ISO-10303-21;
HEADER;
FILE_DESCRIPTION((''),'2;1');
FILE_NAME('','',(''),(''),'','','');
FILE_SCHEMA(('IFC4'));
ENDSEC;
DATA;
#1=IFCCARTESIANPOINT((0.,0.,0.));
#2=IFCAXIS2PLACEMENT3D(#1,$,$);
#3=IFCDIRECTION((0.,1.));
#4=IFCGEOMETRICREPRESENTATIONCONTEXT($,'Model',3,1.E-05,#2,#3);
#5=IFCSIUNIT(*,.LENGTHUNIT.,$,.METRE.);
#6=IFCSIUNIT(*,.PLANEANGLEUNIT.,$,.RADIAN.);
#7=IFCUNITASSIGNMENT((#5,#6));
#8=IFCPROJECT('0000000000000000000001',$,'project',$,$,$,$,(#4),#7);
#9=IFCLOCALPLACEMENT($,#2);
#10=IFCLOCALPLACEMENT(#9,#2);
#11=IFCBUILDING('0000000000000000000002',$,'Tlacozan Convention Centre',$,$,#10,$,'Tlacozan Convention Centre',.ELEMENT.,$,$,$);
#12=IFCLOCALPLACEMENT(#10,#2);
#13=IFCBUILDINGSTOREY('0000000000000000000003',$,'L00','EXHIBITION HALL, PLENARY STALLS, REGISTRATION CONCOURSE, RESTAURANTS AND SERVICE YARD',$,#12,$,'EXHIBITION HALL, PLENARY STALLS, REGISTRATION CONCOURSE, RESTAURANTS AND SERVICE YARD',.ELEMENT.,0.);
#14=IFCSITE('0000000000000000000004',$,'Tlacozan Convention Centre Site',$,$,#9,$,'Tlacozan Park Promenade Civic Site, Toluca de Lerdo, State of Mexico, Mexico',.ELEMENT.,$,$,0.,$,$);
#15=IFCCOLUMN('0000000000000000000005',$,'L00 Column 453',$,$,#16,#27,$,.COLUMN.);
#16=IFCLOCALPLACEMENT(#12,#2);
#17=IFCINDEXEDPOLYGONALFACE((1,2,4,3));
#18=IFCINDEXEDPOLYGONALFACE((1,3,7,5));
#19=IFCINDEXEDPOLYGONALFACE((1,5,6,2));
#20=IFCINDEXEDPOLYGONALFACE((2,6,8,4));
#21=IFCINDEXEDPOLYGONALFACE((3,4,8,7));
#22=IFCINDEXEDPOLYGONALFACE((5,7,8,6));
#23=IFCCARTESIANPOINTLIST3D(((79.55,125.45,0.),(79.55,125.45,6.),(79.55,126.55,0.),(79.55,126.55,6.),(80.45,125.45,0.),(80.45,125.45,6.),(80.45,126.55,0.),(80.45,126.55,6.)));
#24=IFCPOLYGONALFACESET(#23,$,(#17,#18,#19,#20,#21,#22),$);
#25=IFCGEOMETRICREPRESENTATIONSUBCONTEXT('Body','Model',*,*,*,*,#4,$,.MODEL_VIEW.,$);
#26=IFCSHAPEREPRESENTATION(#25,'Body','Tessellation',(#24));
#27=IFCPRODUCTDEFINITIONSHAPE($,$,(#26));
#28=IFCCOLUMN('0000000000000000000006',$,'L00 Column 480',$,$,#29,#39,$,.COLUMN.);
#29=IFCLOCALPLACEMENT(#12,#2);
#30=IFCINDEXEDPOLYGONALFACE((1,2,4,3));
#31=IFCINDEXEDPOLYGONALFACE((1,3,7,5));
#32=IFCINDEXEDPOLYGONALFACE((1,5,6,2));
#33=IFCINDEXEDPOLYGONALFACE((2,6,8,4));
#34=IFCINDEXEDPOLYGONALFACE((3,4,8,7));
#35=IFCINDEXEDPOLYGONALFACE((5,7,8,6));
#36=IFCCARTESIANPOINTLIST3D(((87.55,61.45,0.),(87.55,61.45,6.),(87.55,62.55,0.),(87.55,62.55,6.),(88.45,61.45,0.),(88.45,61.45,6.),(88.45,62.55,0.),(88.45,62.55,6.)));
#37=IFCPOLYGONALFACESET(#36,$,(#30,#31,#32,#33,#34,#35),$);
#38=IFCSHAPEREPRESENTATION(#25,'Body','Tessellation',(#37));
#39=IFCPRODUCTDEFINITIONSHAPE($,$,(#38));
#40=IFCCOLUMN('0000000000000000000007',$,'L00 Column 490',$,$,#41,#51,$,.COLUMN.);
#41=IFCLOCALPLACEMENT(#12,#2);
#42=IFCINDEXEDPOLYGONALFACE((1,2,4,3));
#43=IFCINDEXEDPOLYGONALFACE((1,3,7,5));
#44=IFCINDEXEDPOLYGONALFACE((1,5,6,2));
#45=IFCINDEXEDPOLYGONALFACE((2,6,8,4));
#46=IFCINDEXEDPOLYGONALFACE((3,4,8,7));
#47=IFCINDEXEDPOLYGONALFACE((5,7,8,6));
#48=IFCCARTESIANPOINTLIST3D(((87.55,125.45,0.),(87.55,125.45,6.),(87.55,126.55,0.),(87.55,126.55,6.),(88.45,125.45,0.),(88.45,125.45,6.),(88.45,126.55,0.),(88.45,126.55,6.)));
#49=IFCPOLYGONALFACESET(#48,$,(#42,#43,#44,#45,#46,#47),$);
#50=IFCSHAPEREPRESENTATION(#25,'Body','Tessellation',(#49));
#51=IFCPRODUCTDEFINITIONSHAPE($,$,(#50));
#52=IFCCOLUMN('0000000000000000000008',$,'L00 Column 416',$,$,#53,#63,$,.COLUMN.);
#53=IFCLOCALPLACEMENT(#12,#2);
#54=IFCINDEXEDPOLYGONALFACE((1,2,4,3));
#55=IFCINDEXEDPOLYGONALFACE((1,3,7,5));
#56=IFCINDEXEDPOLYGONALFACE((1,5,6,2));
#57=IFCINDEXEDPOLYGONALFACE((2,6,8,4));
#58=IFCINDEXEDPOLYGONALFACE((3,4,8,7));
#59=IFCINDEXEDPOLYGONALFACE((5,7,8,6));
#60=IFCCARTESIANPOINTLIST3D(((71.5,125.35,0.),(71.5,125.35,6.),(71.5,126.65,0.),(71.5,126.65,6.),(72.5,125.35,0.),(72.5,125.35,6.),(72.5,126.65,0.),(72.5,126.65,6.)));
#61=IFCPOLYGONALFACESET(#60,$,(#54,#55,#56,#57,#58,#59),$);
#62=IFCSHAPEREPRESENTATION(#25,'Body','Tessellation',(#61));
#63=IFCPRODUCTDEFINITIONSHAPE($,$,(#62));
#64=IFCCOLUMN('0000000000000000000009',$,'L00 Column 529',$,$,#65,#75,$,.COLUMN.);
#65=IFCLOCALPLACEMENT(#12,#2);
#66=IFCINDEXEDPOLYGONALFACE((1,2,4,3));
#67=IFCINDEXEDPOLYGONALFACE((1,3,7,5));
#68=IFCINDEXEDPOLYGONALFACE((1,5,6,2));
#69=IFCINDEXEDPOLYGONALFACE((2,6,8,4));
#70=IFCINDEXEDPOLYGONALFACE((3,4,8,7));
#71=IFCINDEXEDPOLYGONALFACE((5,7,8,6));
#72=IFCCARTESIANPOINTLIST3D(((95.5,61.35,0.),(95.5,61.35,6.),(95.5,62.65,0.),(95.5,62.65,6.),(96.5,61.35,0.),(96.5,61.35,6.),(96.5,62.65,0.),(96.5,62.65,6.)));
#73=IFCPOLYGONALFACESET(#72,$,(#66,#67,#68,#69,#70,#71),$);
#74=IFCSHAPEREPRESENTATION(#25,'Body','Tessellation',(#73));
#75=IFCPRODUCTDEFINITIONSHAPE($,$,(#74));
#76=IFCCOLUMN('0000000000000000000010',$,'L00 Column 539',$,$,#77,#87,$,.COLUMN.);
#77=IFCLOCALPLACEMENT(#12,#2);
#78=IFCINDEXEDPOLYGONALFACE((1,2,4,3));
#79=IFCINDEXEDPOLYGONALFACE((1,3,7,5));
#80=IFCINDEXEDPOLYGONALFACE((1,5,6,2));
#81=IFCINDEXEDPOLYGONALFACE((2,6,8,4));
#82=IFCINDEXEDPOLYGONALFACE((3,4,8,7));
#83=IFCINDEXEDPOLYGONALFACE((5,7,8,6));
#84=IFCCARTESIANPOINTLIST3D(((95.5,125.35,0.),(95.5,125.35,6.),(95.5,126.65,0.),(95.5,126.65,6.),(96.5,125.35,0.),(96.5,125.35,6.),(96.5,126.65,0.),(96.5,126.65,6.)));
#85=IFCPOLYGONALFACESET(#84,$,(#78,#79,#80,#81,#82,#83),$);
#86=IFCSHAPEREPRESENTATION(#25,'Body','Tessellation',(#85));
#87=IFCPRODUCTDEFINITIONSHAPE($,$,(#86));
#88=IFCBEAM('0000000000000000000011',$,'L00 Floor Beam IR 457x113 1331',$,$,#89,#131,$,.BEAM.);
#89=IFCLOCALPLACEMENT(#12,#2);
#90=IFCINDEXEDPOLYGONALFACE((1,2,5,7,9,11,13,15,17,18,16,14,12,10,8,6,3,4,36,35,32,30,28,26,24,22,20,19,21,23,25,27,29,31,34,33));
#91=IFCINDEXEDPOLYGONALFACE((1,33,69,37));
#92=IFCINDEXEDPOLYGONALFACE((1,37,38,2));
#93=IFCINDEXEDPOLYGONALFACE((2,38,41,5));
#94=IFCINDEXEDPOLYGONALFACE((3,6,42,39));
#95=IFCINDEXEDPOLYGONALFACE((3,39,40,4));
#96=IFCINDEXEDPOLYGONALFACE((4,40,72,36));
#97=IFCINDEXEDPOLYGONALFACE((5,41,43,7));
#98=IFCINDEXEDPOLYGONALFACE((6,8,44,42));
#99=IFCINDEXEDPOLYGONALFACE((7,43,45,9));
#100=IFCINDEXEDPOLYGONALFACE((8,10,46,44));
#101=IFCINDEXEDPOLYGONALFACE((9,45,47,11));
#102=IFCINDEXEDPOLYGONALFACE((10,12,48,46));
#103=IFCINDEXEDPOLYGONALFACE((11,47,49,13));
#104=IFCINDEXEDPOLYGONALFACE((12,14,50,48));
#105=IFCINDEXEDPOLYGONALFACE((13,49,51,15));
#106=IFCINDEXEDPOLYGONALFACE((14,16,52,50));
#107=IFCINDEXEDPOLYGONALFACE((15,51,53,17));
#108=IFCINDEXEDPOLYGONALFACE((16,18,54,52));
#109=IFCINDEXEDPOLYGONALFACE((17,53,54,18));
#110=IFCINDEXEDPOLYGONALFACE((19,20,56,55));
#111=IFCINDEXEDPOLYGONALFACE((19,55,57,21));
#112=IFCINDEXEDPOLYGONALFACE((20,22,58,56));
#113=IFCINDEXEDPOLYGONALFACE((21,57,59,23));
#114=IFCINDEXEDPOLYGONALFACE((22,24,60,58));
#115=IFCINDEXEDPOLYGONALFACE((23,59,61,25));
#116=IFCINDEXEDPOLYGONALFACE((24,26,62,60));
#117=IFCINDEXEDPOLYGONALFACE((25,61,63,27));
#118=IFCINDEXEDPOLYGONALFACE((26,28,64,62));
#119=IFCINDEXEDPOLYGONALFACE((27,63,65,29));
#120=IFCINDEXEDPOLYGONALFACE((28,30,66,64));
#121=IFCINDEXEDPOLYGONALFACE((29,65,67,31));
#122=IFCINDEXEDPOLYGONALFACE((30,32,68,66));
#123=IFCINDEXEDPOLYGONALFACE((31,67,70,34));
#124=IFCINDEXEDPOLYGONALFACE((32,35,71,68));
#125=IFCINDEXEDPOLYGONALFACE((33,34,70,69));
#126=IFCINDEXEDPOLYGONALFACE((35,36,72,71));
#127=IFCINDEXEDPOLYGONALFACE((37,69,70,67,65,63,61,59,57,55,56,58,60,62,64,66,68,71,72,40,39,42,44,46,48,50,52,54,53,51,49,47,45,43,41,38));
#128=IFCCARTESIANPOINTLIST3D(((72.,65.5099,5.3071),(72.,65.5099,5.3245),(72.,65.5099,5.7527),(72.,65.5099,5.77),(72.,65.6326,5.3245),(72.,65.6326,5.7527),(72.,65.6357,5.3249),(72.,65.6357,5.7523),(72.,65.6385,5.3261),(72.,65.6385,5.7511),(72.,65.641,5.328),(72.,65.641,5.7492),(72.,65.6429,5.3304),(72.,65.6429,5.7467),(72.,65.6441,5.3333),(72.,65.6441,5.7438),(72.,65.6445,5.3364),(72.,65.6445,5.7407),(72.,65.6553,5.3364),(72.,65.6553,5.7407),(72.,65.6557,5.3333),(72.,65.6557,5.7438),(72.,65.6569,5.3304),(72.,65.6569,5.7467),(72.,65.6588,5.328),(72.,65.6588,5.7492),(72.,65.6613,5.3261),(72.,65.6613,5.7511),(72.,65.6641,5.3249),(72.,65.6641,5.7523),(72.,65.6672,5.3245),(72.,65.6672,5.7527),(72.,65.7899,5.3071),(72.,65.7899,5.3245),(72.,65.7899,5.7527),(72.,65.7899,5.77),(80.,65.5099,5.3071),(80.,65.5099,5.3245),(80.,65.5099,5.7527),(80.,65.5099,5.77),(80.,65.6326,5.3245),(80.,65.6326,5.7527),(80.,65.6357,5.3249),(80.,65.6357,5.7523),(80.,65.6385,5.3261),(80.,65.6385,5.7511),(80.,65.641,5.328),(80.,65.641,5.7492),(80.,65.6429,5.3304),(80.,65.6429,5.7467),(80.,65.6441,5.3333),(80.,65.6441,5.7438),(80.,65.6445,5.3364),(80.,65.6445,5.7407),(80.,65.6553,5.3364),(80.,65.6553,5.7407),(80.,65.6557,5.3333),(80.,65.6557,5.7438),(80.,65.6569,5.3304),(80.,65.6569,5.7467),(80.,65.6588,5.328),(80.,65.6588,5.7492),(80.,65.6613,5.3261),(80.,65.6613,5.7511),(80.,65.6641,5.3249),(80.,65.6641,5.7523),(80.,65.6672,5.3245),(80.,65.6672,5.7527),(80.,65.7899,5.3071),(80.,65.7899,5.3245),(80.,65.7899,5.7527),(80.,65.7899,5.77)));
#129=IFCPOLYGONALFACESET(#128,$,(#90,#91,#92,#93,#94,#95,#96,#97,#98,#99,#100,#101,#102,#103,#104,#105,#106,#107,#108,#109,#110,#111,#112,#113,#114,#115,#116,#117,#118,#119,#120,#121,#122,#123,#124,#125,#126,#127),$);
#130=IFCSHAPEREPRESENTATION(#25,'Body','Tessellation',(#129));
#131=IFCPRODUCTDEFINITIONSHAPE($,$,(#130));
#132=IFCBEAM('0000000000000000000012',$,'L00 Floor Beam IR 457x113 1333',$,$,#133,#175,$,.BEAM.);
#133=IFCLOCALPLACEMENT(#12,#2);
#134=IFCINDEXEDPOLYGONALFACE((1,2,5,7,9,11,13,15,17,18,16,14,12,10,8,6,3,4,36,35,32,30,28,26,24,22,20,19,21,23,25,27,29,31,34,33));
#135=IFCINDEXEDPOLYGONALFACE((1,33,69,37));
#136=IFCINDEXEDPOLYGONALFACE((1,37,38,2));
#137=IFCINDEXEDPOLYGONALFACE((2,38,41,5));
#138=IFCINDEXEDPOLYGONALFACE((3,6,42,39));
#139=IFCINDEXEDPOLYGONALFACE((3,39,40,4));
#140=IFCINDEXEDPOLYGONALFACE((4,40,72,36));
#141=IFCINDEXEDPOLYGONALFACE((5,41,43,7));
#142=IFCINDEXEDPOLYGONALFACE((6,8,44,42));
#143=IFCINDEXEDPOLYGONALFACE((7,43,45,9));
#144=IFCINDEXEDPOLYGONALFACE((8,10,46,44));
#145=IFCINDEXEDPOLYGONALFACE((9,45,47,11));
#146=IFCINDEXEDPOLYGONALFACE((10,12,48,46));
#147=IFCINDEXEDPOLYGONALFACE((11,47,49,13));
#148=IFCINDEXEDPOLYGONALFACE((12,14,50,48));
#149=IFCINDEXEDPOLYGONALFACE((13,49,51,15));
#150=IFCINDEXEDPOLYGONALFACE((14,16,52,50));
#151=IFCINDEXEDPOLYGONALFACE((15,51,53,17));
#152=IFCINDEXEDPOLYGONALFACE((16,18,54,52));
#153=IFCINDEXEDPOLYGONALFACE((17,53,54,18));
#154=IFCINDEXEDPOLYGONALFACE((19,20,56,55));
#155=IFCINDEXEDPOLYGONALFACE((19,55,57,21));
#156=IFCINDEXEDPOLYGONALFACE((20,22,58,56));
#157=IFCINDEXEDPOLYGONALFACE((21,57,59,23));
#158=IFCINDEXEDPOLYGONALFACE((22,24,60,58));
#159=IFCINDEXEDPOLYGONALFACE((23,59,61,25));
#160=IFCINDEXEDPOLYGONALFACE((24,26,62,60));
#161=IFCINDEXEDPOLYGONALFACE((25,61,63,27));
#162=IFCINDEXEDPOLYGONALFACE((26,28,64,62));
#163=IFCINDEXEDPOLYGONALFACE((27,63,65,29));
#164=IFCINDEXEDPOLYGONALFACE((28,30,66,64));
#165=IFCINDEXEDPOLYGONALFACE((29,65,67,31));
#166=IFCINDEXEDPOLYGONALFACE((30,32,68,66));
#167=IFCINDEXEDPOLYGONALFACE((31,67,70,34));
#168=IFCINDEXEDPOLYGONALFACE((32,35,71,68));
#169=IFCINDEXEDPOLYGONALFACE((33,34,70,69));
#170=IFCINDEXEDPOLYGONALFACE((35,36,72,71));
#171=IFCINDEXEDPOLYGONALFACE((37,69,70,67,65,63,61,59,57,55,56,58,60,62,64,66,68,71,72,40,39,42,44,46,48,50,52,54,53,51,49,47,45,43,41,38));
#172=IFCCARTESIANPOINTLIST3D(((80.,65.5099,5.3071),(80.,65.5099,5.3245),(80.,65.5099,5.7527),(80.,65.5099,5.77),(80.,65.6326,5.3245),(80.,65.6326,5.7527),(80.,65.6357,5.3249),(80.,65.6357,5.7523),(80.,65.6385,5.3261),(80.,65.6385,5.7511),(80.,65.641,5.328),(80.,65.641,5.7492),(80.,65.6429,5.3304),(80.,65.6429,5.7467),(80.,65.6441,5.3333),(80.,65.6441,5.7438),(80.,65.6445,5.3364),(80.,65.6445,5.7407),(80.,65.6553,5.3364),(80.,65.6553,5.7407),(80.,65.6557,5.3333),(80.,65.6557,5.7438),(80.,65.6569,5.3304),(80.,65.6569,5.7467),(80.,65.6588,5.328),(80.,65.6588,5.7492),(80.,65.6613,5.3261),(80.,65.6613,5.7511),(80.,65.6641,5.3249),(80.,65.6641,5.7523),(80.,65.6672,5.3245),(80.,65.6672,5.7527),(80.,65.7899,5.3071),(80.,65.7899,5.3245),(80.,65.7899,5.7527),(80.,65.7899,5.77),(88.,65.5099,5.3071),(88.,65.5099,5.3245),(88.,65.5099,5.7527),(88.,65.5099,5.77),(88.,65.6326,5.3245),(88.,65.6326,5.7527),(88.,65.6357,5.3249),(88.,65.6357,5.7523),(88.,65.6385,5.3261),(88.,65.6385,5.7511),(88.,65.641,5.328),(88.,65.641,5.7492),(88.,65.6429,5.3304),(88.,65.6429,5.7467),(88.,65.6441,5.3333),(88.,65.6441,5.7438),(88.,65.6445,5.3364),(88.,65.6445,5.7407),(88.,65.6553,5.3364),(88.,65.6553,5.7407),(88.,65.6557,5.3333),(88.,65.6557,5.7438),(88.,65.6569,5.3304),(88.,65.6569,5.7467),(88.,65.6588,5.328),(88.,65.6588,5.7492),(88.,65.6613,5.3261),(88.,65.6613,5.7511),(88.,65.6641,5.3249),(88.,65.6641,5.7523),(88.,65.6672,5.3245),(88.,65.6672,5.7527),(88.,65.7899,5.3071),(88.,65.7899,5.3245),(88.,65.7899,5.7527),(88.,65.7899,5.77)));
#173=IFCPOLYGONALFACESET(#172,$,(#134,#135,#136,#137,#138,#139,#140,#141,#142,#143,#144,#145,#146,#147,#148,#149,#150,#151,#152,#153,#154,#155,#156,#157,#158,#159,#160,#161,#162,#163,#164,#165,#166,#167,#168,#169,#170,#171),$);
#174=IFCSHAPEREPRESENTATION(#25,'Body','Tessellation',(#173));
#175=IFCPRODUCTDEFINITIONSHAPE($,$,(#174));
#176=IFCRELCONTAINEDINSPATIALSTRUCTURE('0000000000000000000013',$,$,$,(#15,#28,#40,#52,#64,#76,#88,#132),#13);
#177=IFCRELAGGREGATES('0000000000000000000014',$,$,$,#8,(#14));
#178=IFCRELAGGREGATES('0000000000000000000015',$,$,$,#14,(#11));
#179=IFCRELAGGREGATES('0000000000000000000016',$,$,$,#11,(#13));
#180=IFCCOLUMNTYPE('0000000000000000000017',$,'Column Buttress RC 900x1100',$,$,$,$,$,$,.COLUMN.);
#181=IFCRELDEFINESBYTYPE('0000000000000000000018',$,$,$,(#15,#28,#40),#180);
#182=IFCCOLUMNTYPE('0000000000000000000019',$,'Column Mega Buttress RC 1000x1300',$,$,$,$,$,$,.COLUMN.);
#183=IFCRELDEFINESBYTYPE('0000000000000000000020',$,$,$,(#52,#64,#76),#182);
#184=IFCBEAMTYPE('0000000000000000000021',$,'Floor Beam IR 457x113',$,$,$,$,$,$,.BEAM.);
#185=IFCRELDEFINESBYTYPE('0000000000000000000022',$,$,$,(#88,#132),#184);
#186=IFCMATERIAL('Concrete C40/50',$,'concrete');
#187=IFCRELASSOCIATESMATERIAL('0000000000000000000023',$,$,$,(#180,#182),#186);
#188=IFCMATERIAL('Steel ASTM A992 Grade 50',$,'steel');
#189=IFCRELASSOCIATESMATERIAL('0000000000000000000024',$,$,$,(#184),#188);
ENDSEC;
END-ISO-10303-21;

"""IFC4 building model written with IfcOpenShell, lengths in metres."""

from ifc_helpers import new_model, si_unit, direction, frame, origin, origin_2d, place, context, subcontext, project, spatial, rectangle, i_section, extrude, material, material_profile, profile_set, type_object, element, save


model = new_model("IFC4")

# Units and contexts
model_context = context("Model", 3, precision=1e-05, world=origin(), true_north=direction((0.0, 1.0)))
body_context = subcontext(model_context, "Body", "Model", "MODEL_VIEW")
ifc_project = project(units=[si_unit("LENGTHUNIT", "METRE"), si_unit("PLANEANGLEUNIT", "RADIAN")], contexts=[model_context])

# Site, building, storey
site_placement = place(None, origin())
site = spatial("IfcSite", under=ifc_project, at=site_placement, Name="Tlacozan Convention Centre Site", LongName="Tlacozan Park Promenade Civic Site, Toluca de Lerdo, State of Mexico, Mexico", CompositionType="ELEMENT", RefElevation=0.0)
building_placement = place(site_placement, origin())
building = spatial("IfcBuilding", under=site, at=building_placement, Name="Tlacozan Convention Centre", LongName="Tlacozan Convention Centre", CompositionType="ELEMENT")
storey_placement = place(building_placement, origin())
storey = spatial("IfcBuildingStorey", under=building, at=storey_placement, Name="L00", Description="EXHIBITION HALL, PLENARY STALLS, REGISTRATION CONCOURSE, RESTAURANTS AND SERVICE YARD", LongName="EXHIBITION HALL, PLENARY STALLS, REGISTRATION CONCOURSE, RESTAURANTS AND SERVICE YARD", CompositionType="ELEMENT", Elevation=0.0)

# Columns
ifc_material_1 = material(Name="Concrete C40/50", Category="concrete")
ifc_material_profile_1 = material_profile(ifc_material_1, rectangle(XDim=0.8999, YDim=1.1001, at=origin_2d()), Name="RC 900x1100")
ifc_profile_set_1 = profile_set([ifc_material_profile_1], Name="Concrete C40/50")
column_type_1 = type_object("IfcColumnType", Name="Column Buttress RC 900x1100", PredefinedType="COLUMN", material=ifc_profile_set_1)
for number, where, z_axis, x_axis, name in (
    (1, (80.0, 126.0, 0.0), (0.0, 0.0, 1.0), (1.0, 0.0, 0.0), "L00 Column 453"),
    (2, (88.0, 62.0, 0.0), (0.0, 0.0, 1.0), (1.0, 0.0, 0.0), "L00 Column 480"),
    (3, (88.0, 126.0, 0.0), (0.0, 0.0, 1.0), (1.0, 0.0, 0.0), "L00 Column 490"),
):
    element("IfcColumn", number, at=place(storey_placement, frame(where, z_axis=z_axis, x_axis=x_axis)), inside=storey, type_object=column_type_1, Name=name, PredefinedType="COLUMN", context=body_context, shape_type="SweptSolid", body=[
        extrude(rectangle(XDim=0.8999, YDim=1.1001, at=origin_2d()), origin(), (0.0, 0.0, 1.0), 6.0),
    ])
ifc_material_profile_2 = material_profile(ifc_material_1, rectangle(XDim=1.0, YDim=1.3, at=origin_2d()), Name="RC 1000x1300")
ifc_profile_set_2 = profile_set([ifc_material_profile_2], Name="Concrete C40/50")
column_type_2 = type_object("IfcColumnType", Name="Column Mega Buttress RC 1000x1300", PredefinedType="COLUMN", material=ifc_profile_set_2)
for number, where, z_axis, x_axis, name in (
    (4, (72.0, 126.0, 0.0), (0.0, 0.0, 1.0), (1.0, 0.0, 0.0), "L00 Column 416"),
    (5, (96.0, 62.0, 0.0), (0.0, 0.0, 1.0), (1.0, 0.0, 0.0), "L00 Column 529"),
    (6, (96.0, 126.0, 0.0), (0.0, 0.0, 1.0), (1.0, 0.0, 0.0), "L00 Column 539"),
):
    element("IfcColumn", number, at=place(storey_placement, frame(where, z_axis=z_axis, x_axis=x_axis)), inside=storey, type_object=column_type_2, Name=name, PredefinedType="COLUMN", context=body_context, shape_type="SweptSolid", body=[
        extrude(rectangle(XDim=1.0, YDim=1.3, at=origin_2d()), origin(), (0.0, 0.0, 1.0), 6.0),
    ])

# Beams
ifc_material_2 = material(Name="Steel ASTM A992 Grade 50", Category="steel")
ifc_material_profile_3 = material_profile(ifc_material_2, i_section(OverallWidth=0.28, OverallDepth=0.4629, WebThickness=0.0107, FlangeThickness=0.0173, FilletRadius=0.012, at=origin_2d()), Name="IR 457x113.0")
ifc_profile_set_3 = profile_set([ifc_material_profile_3], Name="Steel ASTM A992 Grade 50")
beam_type_1 = type_object("IfcBeamType", Name="Floor Beam IR 457x113", PredefinedType="BEAM", material=ifc_profile_set_3)
for number, where, z_axis, x_axis, name in (
    (7, (72.0, 65.6499, 5.5386), (1.0, 0.0, 0.0), (0.0, 1.0, 0.0), "L00 Floor Beam IR 457x113 1331"),
    (8, (80.0, 65.6499, 5.5386), (1.0, 0.0, 0.0), (0.0, 1.0, 0.0), "L00 Floor Beam IR 457x113 1333"),
):
    element("IfcBeam", number, at=place(storey_placement, frame(where, z_axis=z_axis, x_axis=x_axis)), inside=storey, type_object=beam_type_1, Name=name, PredefinedType="BEAM", context=body_context, shape_type="SweptSolid", body=[
        extrude(i_section(OverallWidth=0.28, OverallDepth=0.4629, WebThickness=0.0107, FlangeThickness=0.0173, FilletRadius=0.012, at=origin_2d()), origin(), (0.0, 0.0, 1.0), 8.0),
    ])

save(model, "model.ifc")
